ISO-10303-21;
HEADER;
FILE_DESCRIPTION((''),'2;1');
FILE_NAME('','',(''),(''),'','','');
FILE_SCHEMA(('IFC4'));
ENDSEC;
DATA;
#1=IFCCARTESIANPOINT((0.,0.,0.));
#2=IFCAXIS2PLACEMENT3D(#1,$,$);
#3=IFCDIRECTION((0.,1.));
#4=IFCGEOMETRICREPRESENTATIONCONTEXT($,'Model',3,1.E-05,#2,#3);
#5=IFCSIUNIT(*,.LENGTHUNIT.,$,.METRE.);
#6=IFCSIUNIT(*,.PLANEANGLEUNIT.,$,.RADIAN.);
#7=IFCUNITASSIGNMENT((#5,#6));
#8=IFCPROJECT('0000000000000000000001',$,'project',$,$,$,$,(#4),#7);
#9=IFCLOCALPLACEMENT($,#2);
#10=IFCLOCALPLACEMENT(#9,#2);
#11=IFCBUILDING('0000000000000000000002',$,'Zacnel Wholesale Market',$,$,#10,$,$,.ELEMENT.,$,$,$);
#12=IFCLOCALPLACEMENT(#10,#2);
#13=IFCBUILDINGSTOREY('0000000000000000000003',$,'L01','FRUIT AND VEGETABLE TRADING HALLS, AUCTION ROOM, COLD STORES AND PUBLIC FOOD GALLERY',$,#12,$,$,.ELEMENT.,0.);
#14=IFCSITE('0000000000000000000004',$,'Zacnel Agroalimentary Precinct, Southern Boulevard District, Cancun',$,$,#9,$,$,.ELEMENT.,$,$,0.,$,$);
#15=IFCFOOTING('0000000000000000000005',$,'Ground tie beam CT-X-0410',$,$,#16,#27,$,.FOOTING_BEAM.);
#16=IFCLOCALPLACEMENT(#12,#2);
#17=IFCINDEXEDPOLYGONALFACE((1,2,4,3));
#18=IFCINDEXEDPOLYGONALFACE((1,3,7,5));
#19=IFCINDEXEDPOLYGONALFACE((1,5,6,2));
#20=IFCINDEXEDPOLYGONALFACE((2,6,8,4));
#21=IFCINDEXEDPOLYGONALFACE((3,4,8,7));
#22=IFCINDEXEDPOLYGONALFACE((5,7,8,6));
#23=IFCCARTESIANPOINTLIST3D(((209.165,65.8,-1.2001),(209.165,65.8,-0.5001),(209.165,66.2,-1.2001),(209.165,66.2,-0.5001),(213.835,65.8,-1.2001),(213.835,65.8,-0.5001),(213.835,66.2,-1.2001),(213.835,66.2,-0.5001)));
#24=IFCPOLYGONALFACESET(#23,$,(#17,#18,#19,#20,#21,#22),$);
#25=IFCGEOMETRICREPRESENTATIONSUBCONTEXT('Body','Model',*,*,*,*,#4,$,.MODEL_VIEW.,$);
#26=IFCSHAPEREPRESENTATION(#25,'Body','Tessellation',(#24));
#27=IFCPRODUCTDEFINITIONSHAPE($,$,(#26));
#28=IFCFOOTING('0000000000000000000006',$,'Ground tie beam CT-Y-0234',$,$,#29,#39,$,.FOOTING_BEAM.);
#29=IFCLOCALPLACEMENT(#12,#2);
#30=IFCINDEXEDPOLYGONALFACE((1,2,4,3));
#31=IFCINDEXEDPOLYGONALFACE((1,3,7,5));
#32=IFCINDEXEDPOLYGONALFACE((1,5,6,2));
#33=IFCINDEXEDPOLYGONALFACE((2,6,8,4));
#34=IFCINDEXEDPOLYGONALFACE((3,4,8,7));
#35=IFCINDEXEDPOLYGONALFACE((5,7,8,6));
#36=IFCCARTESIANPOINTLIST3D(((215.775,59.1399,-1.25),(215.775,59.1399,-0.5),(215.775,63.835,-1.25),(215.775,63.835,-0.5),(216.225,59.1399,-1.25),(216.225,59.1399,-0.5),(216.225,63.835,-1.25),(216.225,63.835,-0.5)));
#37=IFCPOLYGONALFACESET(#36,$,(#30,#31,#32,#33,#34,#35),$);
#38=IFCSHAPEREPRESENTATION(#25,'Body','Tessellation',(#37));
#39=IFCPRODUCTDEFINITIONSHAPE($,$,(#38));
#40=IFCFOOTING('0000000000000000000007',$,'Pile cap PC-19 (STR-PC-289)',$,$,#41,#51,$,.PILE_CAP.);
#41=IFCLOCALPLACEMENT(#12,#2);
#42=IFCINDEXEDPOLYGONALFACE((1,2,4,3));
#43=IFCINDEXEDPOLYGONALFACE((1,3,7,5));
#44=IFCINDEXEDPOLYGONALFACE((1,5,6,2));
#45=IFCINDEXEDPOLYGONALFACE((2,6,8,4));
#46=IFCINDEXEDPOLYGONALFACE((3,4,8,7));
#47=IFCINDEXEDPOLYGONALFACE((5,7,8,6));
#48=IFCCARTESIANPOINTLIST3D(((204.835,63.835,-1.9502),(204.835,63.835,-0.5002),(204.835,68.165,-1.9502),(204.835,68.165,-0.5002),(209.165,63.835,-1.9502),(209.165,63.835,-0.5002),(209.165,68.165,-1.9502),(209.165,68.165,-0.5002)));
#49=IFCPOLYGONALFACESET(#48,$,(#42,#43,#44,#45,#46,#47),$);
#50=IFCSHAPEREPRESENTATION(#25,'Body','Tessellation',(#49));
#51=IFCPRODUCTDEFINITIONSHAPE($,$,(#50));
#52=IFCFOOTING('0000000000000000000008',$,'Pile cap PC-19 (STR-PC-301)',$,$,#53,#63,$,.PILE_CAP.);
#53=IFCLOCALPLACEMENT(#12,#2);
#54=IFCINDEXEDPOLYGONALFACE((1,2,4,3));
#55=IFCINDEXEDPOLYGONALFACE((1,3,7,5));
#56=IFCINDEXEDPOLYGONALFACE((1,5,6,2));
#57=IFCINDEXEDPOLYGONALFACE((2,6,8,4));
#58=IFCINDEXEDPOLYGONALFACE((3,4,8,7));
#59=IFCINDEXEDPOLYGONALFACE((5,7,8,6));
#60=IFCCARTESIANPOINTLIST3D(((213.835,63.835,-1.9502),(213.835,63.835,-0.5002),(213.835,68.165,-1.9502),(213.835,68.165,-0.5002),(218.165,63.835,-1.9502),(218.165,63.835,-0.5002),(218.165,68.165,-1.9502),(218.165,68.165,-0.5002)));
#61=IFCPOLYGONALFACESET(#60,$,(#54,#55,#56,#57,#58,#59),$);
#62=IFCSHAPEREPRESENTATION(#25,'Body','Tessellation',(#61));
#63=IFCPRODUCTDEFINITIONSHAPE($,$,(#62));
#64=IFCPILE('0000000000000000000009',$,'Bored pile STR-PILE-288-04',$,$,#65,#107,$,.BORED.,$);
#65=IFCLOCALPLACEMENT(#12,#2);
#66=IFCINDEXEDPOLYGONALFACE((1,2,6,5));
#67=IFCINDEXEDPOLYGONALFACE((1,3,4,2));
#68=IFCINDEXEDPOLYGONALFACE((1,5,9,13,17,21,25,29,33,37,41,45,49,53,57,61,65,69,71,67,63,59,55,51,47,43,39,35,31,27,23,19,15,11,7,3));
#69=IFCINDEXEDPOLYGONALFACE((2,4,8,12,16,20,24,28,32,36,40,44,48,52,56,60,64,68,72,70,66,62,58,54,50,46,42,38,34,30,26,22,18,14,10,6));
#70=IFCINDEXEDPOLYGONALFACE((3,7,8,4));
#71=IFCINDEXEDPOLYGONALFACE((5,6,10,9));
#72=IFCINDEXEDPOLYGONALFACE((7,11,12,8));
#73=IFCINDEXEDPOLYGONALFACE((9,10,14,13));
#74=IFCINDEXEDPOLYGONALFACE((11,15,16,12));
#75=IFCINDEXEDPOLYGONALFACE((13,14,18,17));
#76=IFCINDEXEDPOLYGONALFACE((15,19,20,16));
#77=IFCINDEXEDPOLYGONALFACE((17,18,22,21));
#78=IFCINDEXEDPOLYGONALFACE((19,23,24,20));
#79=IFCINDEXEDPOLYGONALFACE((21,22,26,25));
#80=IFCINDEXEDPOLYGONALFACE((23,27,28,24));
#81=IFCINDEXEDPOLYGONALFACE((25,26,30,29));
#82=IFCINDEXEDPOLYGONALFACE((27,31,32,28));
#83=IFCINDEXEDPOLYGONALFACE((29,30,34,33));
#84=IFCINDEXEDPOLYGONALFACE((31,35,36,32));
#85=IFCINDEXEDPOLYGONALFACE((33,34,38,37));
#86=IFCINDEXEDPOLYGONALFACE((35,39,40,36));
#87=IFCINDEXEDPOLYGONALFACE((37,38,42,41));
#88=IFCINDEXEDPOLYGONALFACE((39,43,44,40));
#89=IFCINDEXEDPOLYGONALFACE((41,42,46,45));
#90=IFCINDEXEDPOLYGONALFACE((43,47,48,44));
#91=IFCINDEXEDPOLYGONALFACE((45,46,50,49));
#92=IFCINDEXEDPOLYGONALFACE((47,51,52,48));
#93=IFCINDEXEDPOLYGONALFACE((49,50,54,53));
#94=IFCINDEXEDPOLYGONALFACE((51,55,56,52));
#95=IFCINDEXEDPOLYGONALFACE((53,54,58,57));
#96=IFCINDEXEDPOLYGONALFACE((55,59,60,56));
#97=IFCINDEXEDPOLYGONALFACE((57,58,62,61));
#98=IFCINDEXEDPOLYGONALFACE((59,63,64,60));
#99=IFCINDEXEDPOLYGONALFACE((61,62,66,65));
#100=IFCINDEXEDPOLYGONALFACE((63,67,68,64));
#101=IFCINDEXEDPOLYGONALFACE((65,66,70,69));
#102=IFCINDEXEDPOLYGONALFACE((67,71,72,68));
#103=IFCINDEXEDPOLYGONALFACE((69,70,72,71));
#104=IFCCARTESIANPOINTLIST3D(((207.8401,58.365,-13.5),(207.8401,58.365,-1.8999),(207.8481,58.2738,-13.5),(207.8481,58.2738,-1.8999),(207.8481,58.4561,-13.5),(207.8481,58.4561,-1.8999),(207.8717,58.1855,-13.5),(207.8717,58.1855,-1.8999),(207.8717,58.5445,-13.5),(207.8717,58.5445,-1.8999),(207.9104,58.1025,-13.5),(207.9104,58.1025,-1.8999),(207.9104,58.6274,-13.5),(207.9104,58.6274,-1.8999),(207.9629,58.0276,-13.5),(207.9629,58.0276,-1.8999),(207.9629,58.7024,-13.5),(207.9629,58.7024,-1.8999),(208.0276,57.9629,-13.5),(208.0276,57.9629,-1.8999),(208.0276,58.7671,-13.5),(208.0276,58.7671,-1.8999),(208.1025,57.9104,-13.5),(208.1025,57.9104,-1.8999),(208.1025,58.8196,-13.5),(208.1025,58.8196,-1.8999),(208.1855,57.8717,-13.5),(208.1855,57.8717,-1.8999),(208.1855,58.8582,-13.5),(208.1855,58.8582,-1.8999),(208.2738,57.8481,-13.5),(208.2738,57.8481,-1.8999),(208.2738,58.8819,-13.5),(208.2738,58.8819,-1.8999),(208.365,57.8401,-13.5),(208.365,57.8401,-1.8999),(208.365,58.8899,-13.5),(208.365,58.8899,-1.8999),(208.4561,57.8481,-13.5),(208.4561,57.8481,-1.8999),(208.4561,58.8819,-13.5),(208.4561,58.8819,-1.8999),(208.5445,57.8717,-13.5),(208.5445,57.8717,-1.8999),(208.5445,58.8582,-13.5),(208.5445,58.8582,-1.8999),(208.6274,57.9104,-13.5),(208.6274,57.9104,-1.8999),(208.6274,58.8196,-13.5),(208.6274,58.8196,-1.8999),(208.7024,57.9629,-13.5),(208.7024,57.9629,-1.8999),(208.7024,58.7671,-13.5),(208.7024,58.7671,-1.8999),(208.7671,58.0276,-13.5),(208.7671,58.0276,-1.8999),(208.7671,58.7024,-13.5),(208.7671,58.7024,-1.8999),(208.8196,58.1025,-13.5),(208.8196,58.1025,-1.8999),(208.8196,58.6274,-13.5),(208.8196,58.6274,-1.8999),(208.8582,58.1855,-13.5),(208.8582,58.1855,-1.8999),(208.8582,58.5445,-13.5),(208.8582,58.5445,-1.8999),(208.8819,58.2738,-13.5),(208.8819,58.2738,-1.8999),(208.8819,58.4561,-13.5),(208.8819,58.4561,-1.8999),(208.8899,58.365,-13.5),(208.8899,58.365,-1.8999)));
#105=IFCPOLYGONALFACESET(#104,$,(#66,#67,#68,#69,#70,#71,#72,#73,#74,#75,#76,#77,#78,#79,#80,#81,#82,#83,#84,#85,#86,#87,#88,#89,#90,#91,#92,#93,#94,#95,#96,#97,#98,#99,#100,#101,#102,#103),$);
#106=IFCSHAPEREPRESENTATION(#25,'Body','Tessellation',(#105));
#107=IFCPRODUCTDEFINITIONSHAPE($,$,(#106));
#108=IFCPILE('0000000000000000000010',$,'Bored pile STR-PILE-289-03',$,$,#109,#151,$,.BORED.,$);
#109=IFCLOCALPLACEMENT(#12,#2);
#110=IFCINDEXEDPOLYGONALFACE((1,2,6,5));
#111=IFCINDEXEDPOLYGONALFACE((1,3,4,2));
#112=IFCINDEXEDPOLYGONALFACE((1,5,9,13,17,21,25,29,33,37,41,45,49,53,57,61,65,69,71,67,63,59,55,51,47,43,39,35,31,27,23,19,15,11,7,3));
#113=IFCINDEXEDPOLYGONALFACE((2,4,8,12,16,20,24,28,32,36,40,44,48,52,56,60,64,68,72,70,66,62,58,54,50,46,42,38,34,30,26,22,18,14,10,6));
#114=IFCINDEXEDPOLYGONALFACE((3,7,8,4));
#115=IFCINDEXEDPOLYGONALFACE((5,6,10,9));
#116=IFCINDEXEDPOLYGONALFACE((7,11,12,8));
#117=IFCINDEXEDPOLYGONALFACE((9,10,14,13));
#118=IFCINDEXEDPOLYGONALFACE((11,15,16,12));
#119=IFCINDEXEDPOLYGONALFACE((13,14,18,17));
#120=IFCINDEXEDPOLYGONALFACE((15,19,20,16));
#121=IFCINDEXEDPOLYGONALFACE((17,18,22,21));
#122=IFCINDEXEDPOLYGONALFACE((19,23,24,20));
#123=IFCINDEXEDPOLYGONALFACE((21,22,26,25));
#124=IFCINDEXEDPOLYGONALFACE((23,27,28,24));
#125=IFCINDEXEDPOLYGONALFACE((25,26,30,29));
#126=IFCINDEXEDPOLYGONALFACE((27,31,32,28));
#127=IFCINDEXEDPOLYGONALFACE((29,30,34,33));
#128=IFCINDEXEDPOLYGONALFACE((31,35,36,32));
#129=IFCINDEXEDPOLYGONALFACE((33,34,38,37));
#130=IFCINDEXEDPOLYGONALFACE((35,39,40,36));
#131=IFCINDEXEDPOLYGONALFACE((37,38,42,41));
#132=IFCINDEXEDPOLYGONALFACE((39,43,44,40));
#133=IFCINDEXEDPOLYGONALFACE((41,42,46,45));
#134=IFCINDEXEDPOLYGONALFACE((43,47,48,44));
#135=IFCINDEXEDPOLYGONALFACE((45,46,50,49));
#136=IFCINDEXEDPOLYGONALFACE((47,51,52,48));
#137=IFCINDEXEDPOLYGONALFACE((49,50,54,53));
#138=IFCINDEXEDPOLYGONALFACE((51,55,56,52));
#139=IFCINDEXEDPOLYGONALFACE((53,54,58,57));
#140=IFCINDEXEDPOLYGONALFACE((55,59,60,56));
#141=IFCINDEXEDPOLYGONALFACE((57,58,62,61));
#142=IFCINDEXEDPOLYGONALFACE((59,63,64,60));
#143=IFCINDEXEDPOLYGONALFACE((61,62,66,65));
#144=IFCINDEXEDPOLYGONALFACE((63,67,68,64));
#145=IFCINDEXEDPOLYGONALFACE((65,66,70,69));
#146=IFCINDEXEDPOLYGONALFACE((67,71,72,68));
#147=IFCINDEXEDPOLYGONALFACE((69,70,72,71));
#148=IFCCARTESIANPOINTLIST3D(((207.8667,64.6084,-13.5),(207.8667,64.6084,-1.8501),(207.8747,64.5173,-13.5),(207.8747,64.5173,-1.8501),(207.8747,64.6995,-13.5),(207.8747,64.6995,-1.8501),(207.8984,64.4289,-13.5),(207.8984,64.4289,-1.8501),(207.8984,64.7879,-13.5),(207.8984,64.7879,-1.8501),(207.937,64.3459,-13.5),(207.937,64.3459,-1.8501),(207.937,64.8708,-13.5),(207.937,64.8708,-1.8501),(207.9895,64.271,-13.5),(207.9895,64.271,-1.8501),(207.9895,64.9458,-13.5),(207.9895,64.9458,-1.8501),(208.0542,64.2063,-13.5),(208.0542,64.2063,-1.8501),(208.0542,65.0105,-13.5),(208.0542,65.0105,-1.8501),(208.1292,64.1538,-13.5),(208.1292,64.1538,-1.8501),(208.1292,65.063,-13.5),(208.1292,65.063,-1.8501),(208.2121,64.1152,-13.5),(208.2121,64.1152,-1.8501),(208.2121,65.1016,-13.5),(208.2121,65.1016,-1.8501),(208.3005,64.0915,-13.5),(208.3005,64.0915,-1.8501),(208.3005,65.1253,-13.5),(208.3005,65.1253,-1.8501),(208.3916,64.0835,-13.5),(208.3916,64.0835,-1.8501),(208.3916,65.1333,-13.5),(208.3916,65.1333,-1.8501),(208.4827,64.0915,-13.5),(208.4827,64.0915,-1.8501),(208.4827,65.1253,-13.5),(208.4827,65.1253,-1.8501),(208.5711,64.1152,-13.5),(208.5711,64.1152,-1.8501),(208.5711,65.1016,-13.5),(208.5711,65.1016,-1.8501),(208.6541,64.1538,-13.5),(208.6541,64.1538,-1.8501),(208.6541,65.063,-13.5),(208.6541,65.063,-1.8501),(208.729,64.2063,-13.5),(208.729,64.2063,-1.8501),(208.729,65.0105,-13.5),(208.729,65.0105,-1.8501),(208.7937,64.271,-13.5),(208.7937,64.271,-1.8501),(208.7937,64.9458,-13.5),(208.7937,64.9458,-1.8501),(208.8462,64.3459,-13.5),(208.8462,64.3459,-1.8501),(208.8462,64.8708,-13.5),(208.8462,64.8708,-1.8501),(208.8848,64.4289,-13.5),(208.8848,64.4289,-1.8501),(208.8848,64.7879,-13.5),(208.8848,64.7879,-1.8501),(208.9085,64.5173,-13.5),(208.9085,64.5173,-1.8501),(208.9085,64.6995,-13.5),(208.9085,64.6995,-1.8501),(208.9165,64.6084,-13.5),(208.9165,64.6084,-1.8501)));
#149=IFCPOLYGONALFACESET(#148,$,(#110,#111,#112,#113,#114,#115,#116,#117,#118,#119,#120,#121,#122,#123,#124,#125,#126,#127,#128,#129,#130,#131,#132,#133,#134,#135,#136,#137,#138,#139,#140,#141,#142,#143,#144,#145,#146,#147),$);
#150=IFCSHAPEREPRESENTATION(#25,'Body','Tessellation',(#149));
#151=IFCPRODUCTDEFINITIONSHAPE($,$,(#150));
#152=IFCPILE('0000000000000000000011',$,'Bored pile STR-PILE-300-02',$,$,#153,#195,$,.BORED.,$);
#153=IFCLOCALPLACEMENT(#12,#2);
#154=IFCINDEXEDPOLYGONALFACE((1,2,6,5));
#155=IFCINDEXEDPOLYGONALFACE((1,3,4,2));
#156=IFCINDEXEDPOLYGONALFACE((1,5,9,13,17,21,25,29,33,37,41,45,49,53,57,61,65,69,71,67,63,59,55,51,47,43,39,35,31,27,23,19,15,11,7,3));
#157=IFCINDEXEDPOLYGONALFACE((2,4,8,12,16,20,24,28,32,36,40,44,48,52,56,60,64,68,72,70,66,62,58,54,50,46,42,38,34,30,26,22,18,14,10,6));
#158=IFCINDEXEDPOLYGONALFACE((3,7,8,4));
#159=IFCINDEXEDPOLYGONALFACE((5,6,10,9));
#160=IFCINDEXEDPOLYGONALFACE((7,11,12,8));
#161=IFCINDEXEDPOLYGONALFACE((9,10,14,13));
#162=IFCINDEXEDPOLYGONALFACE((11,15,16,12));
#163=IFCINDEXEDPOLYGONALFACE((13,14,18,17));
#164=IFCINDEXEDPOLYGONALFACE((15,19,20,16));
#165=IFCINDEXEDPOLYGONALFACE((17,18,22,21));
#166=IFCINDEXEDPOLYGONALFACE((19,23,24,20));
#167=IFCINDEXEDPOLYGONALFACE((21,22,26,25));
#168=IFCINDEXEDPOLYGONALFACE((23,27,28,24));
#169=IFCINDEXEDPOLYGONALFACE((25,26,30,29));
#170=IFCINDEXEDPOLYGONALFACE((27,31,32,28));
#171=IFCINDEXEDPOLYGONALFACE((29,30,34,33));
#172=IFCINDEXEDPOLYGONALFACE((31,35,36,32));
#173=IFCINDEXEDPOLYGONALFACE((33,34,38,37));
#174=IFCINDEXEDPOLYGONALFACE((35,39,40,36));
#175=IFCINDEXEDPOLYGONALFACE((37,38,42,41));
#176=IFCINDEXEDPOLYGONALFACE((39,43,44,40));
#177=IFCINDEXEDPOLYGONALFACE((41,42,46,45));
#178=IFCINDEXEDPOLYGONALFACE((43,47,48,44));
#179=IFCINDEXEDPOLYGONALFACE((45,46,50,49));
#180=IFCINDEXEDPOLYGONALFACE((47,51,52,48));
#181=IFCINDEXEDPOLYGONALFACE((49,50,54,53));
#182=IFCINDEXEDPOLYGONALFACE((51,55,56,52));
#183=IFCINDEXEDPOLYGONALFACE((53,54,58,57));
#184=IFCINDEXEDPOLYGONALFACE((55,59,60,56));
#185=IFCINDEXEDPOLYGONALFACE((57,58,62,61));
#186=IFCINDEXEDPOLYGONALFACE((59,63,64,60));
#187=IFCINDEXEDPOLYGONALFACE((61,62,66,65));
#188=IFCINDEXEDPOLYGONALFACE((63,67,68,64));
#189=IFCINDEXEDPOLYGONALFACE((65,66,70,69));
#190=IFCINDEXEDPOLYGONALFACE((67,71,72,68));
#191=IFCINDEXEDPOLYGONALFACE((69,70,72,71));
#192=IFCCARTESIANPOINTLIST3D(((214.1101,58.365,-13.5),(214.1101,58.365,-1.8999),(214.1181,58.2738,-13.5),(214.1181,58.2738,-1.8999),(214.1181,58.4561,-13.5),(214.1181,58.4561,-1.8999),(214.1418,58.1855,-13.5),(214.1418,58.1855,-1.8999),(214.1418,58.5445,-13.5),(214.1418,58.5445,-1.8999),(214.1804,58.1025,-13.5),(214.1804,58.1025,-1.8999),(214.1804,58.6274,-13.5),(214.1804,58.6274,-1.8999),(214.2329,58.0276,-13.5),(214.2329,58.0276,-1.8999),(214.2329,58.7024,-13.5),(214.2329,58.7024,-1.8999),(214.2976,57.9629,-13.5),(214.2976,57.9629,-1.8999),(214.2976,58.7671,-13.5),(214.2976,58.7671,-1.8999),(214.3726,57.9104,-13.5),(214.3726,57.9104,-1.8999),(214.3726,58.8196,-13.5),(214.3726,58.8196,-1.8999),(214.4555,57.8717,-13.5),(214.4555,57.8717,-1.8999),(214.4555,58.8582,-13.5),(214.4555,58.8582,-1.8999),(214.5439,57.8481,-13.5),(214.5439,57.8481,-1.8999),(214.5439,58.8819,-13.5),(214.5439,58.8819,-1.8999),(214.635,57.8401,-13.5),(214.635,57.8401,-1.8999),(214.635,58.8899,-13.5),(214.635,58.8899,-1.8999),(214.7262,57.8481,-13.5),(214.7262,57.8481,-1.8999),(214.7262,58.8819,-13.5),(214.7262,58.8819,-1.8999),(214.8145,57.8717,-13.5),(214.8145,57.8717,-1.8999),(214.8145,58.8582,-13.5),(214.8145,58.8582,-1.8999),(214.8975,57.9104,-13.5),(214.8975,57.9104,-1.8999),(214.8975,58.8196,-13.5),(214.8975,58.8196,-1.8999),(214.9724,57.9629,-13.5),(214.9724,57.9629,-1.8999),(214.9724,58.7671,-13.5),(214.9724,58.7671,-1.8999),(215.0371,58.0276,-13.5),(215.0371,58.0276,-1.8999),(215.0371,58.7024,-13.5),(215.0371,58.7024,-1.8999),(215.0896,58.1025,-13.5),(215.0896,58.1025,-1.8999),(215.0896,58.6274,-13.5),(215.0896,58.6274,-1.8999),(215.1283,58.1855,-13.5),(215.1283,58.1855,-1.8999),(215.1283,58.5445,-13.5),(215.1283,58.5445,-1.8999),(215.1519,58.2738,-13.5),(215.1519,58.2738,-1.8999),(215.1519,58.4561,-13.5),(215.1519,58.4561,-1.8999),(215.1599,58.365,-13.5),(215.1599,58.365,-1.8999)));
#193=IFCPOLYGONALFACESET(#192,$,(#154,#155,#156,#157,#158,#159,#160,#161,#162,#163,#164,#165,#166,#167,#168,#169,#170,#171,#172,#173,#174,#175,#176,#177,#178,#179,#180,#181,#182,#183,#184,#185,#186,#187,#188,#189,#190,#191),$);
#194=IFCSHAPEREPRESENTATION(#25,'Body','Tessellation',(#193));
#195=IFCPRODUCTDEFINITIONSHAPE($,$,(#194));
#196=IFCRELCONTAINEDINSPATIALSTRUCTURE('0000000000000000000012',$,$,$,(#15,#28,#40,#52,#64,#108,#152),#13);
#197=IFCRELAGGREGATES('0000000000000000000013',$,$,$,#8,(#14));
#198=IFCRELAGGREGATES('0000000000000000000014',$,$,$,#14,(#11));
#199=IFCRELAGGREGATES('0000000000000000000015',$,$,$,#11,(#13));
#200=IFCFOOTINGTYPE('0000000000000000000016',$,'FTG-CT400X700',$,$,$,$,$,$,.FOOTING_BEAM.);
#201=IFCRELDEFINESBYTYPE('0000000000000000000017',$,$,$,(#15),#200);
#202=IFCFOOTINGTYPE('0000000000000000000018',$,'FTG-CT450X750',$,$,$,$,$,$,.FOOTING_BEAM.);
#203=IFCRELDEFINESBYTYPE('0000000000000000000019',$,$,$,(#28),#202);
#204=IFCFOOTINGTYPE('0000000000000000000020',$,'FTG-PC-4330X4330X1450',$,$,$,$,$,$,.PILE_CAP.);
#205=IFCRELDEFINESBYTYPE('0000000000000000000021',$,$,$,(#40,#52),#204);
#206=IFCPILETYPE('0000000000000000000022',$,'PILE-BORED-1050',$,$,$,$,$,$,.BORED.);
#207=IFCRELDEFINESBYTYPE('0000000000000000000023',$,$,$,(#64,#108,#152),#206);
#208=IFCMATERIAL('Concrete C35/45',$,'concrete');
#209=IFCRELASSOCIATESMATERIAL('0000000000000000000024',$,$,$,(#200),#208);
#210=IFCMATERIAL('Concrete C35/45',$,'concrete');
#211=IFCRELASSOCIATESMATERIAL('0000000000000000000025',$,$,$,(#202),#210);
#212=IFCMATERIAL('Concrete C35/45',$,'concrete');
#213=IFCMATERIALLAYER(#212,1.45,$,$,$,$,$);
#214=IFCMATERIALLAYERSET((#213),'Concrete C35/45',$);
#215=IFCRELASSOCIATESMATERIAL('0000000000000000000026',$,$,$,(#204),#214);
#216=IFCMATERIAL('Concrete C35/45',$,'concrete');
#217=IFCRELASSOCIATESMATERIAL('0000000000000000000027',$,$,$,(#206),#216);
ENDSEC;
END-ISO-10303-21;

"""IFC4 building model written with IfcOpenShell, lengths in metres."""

from ifc_helpers import new_model, si_unit, direction, frame, origin, origin_2d, place, context, subcontext, project, spatial, rectangle, circle, extrude, material, layer, layer_set, material_profile, profile_set, type_object, element, save


model = new_model("IFC4")

# Units and contexts
model_context = context("Model", 3, precision=1e-05, world=origin(), true_north=direction((0.0, 1.0)))
body_context = subcontext(model_context, "Body", "Model", "MODEL_VIEW")
ifc_project = project(units=[si_unit("LENGTHUNIT", "METRE"), si_unit("PLANEANGLEUNIT", "RADIAN")], contexts=[model_context])

# Site, building, storey
site_placement = place(None, origin())
site = spatial("IfcSite", under=ifc_project, at=site_placement, Name="Zacnel Agroalimentary Precinct, Southern Boulevard District, Cancun", CompositionType="ELEMENT", RefElevation=0.0)
building_placement = place(site_placement, origin())
building = spatial("IfcBuilding", under=site, at=building_placement, Name="Zacnel Wholesale Market", CompositionType="ELEMENT")
storey_placement = place(building_placement, origin())
storey = spatial("IfcBuildingStorey", under=building, at=storey_placement, Name="L01", Description="FRUIT AND VEGETABLE TRADING HALLS, AUCTION ROOM, COLD STORES AND PUBLIC FOOD GALLERY", CompositionType="ELEMENT", Elevation=0.0)

# Footings
ifc_material_1 = material(Name="Concrete C35/45", Category="concrete")
ifc_material_profile_1 = material_profile(ifc_material_1, rectangle(XDim=0.3999, YDim=0.7, at=origin_2d()), Name="CT 400x700")
ifc_profile_set_1 = profile_set([ifc_material_profile_1], Name="Concrete C35/45")
footing_type_1 = type_object("IfcFootingType", Name="FTG-CT400X700", PredefinedType="FOOTING_BEAM", material=ifc_profile_set_1)
footing_1_placement = place(storey_placement, frame((209.165, 66.0, -0.8501), z_axis=(1.0, 0.0, 0.0), x_axis=(0.0, 1.0, 0.0)))
element("IfcFooting", 1, at=footing_1_placement, inside=storey, type_object=footing_type_1, Name="Ground tie beam CT-X-0410", PredefinedType="FOOTING_BEAM", context=body_context, shape_type="SweptSolid", body=[
    extrude(rectangle(XDim=0.3999, YDim=0.7, at=origin_2d()), origin(), (0.0, 0.0, 1.0), 4.6699),
])
ifc_material_2 = material(Name="Concrete C35/45", Category="concrete")
ifc_material_profile_2 = material_profile(ifc_material_2, rectangle(XDim=0.45, YDim=0.75, at=origin_2d()), Name="CT 450x750")
ifc_profile_set_2 = profile_set([ifc_material_profile_2], Name="Concrete C35/45")
footing_type_2 = type_object("IfcFootingType", Name="FTG-CT450X750", PredefinedType="FOOTING_BEAM", material=ifc_profile_set_2)
footing_2_placement = place(storey_placement, frame((216.0, 59.1399, -0.875), z_axis=(0.0, 1.0, 0.0), x_axis=(-1.0, 0.0, 0.0)))
element("IfcFooting", 2, at=footing_2_placement, inside=storey, type_object=footing_type_2, Name="Ground tie beam CT-Y-0234", PredefinedType="FOOTING_BEAM", context=body_context, shape_type="SweptSolid", body=[
    extrude(rectangle(XDim=0.45, YDim=0.75, at=origin_2d()), origin(), (0.0, 0.0, 1.0), 4.6951),
])
ifc_material_3 = material(Name="Concrete C35/45", Category="concrete")
ifc_layer_1 = layer(ifc_material_3, 1.45)
ifc_layer_set_1 = layer_set([ifc_layer_1], Name="Concrete C35/45")
footing_type_3 = type_object("IfcFootingType", Name="FTG-PC-4330X4330X1450", PredefinedType="PILE_CAP", material=ifc_layer_set_1)
for number, where, z_axis, x_axis, name in (
    (3, (207.0, 66.0, -1.9502), (0.0, 0.0, 1.0), (1.0, 0.0, 0.0), "Pile cap PC-19 (STR-PC-289)"),
    (4, (216.0, 66.0, -1.9502), (0.0, 0.0, 1.0), (1.0, 0.0, 0.0), "Pile cap PC-19 (STR-PC-301)"),
):
    element("IfcFooting", number, at=place(storey_placement, frame(where, z_axis=z_axis, x_axis=x_axis)), inside=storey, type_object=footing_type_3, Name=name, PredefinedType="PILE_CAP", context=body_context, shape_type="SweptSolid", body=[
        extrude(rectangle(XDim=4.3301, YDim=4.3301, at=origin_2d()), origin(), (0.0, 0.0, 1.0), 1.45),
    ])

# Piles
ifc_material_4 = material(Name="Concrete C35/45", Category="concrete")
ifc_material_profile_3 = material_profile(ifc_material_4, circle(Radius=0.5249, at=origin_2d()), Name="BORED PILE D1050")
ifc_profile_set_3 = profile_set([ifc_material_profile_3], Name="Concrete C35/45")
pile_type = type_object("IfcPileType", Name="PILE-BORED-1050", PredefinedType="BORED", material=ifc_profile_set_3)
pile_1_placement = place(storey_placement, frame((208.365, 58.365, -1.8999), z_axis=(0.0, 0.0, -1.0), x_axis=(1.0, 0.0, 0.0)))
element("IfcPile", 5, at=pile_1_placement, inside=storey, type_object=pile_type, Name="Bored pile STR-PILE-288-04", PredefinedType="BORED", context=body_context, shape_type="SweptSolid", body=[
    extrude(circle(Radius=0.5249, at=origin_2d()), origin(), (0.0, 0.0, 1.0), 11.6001),
])
pile_2_placement = place(storey_placement, frame((208.3916, 64.6084, -1.8501), z_axis=(0.0, 0.0, -1.0), x_axis=(1.0, 0.0, 0.0)))
element("IfcPile", 6, at=pile_2_placement, inside=storey, type_object=pile_type, Name="Bored pile STR-PILE-289-03", PredefinedType="BORED", context=body_context, shape_type="SweptSolid", body=[
    extrude(circle(Radius=0.5249, at=origin_2d()), origin(), (0.0, 0.0, 1.0), 11.6499),
])
for number, where, z_axis, x_axis, name in (
    (7, (214.635, 58.365, -1.8999), (0.0, 0.0, -1.0), (1.0, 0.0, 0.0), "Bored pile STR-PILE-300-02"),
):
    element("IfcPile", number, at=place(storey_placement, frame(where, z_axis=z_axis, x_axis=x_axis)), inside=storey, type_object=pile_type, Name=name, PredefinedType="BORED", context=body_context, shape_type="SweptSolid", body=[
        extrude(circle(Radius=0.5249, at=origin_2d()), origin(), (0.0, 0.0, 1.0), 11.6001),
    ])

save(model, "model.ifc")
